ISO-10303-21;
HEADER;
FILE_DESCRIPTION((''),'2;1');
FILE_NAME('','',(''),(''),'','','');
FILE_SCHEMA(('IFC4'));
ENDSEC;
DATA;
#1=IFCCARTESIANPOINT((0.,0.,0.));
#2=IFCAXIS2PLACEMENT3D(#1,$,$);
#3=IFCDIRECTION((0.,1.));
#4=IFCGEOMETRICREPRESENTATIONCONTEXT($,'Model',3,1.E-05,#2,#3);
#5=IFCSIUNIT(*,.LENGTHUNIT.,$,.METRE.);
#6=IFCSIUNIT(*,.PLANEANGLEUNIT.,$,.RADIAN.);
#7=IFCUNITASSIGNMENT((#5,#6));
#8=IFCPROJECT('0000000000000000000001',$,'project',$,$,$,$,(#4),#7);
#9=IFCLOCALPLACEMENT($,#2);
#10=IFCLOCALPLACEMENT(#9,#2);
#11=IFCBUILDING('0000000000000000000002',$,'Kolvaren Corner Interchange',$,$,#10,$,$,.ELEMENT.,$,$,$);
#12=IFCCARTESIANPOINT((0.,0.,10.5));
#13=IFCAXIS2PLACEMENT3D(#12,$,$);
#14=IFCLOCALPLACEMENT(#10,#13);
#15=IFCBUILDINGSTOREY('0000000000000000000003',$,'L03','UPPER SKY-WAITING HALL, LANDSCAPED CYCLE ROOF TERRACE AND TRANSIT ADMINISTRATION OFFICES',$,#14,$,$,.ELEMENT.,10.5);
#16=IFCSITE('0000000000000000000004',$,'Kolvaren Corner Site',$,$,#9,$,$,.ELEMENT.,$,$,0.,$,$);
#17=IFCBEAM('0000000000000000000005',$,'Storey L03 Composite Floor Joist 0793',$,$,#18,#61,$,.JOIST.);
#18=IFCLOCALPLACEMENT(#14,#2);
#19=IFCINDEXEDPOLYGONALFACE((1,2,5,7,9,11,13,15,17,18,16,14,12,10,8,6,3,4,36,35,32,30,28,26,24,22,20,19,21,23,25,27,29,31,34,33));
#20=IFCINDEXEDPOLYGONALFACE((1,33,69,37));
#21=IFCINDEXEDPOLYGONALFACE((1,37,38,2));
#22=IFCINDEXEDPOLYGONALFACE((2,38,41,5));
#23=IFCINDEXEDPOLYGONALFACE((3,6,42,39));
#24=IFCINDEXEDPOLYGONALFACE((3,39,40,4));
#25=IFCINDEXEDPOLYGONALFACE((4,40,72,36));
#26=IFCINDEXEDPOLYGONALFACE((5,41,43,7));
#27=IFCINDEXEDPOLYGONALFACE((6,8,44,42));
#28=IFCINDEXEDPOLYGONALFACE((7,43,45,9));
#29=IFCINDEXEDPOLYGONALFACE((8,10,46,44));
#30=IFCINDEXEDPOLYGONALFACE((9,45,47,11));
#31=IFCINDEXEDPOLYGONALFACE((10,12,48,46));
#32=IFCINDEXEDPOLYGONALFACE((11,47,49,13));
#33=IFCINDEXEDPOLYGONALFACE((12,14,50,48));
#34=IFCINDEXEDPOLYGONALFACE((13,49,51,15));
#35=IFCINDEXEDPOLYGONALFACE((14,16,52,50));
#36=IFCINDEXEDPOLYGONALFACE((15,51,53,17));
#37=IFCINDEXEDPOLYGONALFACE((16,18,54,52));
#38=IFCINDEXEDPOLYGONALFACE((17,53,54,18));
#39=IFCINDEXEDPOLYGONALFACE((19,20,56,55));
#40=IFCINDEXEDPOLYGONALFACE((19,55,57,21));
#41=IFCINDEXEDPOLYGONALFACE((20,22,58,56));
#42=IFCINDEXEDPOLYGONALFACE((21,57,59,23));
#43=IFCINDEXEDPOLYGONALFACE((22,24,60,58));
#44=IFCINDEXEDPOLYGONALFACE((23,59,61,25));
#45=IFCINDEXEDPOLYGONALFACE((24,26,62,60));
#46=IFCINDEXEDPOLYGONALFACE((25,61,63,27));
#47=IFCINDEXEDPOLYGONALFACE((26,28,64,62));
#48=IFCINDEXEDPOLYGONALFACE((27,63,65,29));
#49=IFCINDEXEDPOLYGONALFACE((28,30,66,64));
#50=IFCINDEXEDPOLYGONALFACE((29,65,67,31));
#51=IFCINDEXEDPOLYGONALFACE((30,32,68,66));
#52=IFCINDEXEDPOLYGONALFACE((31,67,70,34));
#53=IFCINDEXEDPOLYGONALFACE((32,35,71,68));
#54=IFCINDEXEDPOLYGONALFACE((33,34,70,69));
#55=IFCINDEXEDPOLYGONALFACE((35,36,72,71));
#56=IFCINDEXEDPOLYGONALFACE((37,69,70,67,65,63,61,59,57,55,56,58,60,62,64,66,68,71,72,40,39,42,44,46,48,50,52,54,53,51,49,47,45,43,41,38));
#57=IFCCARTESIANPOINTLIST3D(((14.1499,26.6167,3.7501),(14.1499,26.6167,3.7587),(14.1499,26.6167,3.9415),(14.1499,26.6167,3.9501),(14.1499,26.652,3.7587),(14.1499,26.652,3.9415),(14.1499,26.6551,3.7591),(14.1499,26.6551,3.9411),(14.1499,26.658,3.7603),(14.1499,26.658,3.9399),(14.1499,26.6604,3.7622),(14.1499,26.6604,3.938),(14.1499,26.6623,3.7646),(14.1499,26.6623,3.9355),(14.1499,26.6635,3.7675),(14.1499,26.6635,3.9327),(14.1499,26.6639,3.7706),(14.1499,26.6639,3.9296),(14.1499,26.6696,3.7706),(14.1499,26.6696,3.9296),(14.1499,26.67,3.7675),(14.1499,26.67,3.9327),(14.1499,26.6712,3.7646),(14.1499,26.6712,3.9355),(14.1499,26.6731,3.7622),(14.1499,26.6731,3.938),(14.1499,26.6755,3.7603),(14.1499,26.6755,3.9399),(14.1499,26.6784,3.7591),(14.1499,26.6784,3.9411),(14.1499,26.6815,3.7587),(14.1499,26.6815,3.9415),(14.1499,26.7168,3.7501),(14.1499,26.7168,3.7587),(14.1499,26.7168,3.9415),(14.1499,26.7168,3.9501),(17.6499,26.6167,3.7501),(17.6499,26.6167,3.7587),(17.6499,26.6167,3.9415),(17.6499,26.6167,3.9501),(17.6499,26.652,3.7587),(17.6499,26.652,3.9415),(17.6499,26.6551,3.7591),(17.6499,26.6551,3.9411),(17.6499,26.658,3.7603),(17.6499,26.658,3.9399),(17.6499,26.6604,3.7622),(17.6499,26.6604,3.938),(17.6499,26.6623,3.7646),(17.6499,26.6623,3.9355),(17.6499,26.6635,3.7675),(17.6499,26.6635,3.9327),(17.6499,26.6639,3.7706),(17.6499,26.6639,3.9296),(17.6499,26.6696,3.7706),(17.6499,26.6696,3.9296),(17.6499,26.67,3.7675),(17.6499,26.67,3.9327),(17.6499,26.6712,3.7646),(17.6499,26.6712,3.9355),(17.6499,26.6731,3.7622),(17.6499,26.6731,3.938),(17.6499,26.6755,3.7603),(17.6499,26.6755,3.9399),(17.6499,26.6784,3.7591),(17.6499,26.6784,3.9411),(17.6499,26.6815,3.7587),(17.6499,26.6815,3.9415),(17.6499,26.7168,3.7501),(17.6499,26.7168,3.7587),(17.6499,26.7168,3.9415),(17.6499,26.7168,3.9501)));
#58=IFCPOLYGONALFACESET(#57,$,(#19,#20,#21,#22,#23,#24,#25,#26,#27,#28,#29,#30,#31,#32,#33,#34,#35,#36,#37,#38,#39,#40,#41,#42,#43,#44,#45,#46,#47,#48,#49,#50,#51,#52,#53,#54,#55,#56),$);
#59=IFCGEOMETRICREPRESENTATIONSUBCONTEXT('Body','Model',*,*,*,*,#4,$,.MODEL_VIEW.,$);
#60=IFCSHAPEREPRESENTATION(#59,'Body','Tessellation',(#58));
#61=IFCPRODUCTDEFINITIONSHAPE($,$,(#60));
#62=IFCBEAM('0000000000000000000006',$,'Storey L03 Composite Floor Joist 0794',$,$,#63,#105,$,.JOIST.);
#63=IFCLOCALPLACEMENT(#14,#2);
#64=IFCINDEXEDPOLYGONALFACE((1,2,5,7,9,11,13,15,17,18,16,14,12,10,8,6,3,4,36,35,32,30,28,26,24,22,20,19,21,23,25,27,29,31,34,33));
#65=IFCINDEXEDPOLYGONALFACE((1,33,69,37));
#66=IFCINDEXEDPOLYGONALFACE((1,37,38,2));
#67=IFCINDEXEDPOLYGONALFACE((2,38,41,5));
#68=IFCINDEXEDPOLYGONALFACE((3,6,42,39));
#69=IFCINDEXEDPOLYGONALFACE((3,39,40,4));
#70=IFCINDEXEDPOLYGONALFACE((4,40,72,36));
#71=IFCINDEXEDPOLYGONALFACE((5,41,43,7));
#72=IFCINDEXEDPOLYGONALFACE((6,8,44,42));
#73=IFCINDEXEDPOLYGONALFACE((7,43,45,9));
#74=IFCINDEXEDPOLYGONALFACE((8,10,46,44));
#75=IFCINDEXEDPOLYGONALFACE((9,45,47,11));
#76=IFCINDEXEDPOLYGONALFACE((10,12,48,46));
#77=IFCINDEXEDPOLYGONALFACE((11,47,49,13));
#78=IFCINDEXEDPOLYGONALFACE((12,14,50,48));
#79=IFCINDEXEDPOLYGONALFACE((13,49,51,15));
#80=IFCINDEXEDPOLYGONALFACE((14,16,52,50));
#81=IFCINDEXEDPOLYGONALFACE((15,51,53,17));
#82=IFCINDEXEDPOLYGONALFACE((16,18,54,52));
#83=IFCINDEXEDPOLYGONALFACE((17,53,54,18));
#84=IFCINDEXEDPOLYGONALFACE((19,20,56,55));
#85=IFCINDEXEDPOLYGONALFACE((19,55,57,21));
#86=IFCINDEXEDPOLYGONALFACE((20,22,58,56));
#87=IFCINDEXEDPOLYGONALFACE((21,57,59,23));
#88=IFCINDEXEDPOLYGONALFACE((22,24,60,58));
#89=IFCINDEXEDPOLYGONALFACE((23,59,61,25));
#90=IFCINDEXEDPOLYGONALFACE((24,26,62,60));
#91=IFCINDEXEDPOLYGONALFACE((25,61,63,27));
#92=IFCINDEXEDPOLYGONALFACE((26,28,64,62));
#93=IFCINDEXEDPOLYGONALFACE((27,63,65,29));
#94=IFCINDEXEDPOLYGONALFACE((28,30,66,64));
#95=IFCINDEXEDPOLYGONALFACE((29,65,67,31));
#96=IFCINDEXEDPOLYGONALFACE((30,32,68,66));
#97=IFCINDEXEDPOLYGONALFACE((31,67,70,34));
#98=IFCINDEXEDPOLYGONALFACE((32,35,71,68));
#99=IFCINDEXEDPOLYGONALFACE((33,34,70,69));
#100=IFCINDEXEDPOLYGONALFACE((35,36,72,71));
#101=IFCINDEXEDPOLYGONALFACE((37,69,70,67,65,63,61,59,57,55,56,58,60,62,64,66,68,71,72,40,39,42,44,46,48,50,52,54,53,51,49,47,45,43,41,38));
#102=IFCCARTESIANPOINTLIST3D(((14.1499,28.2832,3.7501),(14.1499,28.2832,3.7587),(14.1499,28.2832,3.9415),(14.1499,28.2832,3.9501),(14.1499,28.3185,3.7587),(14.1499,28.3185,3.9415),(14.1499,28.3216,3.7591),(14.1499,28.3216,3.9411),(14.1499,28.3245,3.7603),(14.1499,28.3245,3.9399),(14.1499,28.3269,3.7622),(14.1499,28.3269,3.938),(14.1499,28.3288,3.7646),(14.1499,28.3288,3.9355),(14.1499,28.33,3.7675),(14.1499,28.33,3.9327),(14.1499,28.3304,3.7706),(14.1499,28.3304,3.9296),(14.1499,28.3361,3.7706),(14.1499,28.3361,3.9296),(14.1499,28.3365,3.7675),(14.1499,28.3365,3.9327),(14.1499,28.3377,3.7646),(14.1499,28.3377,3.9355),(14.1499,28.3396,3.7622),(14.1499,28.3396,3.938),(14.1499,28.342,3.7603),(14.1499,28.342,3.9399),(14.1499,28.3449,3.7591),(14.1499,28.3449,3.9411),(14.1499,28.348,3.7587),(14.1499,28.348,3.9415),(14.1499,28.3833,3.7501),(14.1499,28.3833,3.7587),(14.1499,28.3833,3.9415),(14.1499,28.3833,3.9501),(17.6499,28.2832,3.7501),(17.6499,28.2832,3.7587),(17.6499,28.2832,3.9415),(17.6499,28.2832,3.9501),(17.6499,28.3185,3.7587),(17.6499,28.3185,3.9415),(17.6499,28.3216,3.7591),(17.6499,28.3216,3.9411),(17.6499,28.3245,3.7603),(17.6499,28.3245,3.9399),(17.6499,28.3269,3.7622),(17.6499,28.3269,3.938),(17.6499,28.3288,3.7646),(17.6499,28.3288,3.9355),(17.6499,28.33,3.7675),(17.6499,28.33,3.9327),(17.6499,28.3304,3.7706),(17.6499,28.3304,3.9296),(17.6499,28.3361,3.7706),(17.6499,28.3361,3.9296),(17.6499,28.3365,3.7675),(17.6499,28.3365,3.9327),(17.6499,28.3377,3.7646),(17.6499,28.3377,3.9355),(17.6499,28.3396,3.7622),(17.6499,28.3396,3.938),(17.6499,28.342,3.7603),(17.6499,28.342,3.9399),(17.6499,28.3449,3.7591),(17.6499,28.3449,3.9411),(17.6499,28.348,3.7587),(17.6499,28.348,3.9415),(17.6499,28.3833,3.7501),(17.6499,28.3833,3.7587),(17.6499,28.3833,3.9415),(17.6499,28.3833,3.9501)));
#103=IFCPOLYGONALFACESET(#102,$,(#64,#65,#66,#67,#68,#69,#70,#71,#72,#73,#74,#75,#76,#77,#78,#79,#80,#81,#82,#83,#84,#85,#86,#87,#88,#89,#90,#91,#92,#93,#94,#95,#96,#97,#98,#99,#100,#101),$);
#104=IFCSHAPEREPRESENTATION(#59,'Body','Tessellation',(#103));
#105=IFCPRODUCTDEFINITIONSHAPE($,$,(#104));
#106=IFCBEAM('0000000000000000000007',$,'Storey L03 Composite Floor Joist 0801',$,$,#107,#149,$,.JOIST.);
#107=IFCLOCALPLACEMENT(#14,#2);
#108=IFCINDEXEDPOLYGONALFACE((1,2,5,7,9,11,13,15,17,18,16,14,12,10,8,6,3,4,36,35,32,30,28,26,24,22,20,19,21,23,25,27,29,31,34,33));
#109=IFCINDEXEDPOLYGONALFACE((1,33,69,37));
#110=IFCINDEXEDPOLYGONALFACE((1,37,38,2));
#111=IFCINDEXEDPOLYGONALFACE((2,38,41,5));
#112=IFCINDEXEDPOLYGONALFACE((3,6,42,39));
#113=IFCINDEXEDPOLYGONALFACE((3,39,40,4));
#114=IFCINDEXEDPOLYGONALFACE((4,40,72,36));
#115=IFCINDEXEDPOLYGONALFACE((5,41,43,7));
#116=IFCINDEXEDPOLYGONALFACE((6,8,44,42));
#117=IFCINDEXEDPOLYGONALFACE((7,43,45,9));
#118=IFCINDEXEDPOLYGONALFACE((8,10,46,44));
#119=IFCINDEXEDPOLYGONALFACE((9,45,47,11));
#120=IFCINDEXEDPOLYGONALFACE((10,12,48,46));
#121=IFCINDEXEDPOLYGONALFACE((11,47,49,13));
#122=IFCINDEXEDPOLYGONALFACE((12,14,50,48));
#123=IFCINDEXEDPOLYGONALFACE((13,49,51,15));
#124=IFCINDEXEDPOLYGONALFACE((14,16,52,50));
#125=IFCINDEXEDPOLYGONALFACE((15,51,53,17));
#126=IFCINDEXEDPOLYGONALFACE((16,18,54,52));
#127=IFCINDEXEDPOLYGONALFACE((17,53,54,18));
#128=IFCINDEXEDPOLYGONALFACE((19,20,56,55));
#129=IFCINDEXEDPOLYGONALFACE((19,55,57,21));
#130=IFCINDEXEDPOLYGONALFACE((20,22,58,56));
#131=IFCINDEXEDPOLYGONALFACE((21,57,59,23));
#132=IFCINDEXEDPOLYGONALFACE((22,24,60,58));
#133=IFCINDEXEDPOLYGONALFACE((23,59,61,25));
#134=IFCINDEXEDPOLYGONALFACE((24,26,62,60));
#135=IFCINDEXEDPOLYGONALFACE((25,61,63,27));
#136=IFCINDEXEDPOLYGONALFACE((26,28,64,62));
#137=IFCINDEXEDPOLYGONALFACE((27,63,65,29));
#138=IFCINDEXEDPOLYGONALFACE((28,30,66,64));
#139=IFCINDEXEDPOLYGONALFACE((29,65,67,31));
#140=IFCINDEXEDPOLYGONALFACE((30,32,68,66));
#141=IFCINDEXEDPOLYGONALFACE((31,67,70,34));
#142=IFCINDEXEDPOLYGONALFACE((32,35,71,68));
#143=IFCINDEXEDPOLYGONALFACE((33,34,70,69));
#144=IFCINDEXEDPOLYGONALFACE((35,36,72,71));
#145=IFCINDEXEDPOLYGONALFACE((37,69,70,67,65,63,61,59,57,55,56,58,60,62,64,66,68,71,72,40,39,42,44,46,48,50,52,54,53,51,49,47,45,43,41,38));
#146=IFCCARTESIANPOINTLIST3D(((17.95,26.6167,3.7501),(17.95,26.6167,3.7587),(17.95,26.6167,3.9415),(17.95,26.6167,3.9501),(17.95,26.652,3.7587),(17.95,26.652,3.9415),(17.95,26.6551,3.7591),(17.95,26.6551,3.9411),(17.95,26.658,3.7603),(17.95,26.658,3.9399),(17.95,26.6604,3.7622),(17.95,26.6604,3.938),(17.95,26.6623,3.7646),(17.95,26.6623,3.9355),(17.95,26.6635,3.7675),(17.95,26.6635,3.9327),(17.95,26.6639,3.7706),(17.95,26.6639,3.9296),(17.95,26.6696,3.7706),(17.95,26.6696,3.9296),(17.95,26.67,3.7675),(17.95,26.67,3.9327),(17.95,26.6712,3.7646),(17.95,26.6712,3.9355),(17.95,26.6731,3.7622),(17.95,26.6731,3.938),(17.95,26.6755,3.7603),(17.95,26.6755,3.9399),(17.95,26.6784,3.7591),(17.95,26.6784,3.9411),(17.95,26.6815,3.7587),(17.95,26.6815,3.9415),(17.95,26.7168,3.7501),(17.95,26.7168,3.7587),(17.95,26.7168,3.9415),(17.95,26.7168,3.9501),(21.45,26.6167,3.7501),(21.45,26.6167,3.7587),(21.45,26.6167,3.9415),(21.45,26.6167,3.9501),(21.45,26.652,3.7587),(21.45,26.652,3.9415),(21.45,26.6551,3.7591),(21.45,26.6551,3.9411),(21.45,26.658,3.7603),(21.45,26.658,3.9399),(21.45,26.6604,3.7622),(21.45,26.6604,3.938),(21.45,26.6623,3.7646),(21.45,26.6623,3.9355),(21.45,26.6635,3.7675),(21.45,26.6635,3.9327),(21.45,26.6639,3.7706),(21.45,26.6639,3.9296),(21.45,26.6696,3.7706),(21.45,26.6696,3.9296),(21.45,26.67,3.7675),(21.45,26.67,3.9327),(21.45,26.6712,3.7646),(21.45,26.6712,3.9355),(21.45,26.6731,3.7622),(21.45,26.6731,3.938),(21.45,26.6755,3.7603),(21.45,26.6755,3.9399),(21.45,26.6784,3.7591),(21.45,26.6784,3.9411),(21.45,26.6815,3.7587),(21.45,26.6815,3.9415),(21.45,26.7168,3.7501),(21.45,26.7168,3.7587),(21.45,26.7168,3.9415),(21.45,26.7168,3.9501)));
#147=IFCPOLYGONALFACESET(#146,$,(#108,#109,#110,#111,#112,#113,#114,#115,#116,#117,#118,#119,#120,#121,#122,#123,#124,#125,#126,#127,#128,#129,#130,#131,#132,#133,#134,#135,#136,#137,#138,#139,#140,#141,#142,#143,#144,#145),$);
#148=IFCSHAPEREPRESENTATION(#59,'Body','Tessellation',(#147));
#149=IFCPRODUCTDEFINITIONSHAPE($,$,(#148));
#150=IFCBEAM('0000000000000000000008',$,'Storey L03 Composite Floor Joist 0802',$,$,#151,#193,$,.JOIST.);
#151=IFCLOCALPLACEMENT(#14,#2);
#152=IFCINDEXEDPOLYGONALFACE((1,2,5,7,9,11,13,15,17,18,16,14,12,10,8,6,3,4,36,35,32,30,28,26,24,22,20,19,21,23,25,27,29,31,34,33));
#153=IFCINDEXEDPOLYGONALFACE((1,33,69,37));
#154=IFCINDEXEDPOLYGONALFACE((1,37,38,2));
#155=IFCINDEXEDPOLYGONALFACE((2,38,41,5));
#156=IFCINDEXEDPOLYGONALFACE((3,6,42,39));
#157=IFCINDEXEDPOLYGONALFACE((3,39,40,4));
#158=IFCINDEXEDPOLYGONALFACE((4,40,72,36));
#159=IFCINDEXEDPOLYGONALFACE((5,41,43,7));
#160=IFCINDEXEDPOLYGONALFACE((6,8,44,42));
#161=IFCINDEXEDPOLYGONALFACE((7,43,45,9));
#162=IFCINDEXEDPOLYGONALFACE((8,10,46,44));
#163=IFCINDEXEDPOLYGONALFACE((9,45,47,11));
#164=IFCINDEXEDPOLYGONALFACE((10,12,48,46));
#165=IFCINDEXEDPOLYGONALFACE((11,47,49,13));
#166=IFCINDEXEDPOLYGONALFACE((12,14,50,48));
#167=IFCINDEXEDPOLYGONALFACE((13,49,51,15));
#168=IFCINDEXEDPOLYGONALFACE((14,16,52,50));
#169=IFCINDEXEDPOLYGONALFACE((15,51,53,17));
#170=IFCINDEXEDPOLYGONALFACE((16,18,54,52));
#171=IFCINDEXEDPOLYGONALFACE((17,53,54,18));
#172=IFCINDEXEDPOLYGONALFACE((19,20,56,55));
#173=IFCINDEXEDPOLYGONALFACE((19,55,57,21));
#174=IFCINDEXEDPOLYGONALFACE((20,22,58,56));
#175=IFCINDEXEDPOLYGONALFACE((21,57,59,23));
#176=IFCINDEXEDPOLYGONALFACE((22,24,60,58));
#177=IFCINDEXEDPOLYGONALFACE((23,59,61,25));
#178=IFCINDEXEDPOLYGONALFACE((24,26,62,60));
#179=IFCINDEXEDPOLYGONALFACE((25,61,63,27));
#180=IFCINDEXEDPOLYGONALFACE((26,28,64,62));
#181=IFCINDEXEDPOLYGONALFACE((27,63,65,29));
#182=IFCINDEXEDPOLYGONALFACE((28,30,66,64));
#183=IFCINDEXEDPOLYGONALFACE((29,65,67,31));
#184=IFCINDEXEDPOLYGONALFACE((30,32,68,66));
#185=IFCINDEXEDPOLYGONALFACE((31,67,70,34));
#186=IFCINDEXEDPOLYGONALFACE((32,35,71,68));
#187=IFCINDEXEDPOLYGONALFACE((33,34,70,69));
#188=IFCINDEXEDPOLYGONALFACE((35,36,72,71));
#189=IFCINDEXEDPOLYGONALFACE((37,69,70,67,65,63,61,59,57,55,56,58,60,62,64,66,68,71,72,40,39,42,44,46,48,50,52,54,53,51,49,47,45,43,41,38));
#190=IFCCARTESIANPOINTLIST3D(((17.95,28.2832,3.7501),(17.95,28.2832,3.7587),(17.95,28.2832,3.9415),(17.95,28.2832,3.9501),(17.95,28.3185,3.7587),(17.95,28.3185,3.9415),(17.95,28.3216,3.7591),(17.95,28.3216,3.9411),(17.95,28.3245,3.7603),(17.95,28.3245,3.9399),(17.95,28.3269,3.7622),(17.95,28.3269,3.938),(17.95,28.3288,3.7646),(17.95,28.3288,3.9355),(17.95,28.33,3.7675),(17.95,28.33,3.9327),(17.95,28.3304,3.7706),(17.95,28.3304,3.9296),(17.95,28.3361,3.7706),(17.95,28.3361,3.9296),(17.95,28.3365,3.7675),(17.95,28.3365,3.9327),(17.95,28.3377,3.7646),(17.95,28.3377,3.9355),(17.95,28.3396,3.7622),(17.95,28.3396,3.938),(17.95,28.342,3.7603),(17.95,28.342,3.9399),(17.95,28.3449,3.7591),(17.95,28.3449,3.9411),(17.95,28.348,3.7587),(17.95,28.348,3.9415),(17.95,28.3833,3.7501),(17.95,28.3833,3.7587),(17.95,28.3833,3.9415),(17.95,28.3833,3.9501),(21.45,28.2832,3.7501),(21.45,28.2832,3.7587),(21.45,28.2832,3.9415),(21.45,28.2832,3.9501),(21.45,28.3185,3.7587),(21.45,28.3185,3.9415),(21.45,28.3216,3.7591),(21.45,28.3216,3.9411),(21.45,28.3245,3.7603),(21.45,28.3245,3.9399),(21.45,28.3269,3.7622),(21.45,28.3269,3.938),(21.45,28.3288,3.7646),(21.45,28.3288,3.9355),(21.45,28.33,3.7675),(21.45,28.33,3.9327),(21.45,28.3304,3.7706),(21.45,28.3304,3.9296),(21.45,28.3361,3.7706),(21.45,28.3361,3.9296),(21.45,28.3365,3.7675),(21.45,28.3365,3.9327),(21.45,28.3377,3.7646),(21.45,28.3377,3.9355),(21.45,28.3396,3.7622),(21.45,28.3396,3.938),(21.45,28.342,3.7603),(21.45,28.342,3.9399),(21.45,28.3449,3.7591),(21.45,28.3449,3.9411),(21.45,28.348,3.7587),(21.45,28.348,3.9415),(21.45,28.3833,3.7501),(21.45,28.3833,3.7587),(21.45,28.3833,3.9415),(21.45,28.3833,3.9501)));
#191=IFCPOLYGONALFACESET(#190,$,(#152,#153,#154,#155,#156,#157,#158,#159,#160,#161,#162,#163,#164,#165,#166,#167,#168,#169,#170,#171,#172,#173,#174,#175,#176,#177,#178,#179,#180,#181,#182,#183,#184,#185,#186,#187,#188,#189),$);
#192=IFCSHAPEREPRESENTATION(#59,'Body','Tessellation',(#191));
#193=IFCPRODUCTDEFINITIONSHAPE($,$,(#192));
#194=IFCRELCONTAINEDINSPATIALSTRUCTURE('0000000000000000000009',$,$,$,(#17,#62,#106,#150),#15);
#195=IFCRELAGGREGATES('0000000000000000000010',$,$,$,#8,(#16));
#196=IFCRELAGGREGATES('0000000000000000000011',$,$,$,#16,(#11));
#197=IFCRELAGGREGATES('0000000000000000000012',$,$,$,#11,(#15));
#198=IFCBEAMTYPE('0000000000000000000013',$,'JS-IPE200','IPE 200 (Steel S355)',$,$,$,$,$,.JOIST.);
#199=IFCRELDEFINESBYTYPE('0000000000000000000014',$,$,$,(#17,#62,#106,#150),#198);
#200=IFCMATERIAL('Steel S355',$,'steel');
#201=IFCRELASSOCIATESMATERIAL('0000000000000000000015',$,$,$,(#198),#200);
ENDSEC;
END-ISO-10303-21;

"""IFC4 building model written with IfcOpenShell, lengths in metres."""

from ifc_helpers import new_model, si_unit, direction, frame, origin, origin_2d, place, context, subcontext, project, spatial, i_section, extrude, material, material_profile, profile_set, type_object, element, save


model = new_model("IFC4")

# Units and contexts
model_context = context("Model", 3, precision=1e-05, world=origin(), true_north=direction((0.0, 1.0)))
body_context = subcontext(model_context, "Body", "Model", "MODEL_VIEW")
ifc_project = project(units=[si_unit("LENGTHUNIT", "METRE"), si_unit("PLANEANGLEUNIT", "RADIAN")], contexts=[model_context])

# Site, building, storey
site_placement = place(None, origin())
site = spatial("IfcSite", under=ifc_project, at=site_placement, Name="Kolvaren Corner Site", CompositionType="ELEMENT", RefElevation=0.0)
building_placement = place(site_placement, origin())
building = spatial("IfcBuilding", under=site, at=building_placement, Name="Kolvaren Corner Interchange", CompositionType="ELEMENT")
storey_placement = place(building_placement, frame((0.0, 0.0, 10.5)))
storey = spatial("IfcBuildingStorey", under=building, at=storey_placement, Name="L03", Description="UPPER SKY-WAITING HALL, LANDSCAPED CYCLE ROOF TERRACE AND TRANSIT ADMINISTRATION OFFICES", CompositionType="ELEMENT", Elevation=10.5)

# Beams
ifc_material_1 = material(Name="Steel S355", Category="steel")
ifc_material_profile_1 = material_profile(ifc_material_1, i_section(OverallWidth=0.1001, OverallDepth=0.2, WebThickness=0.0056, FlangeThickness=0.0085, FilletRadius=0.012, at=origin_2d()), Name="IPE 200")
ifc_profile_set_1 = profile_set([ifc_material_profile_1], Name="Steel S355")
beam_type_1 = type_object("IfcBeamType", Name="JS-IPE200", Description="IPE 200 (Steel S355)", PredefinedType="JOIST", material=ifc_profile_set_1)
for number, where, z_axis, x_axis, name in (
    (1, (14.1499, 26.6667, 3.8501), (1.0, 0.0, 0.0), (0.0, 1.0, 0.0), "Storey L03 Composite Floor Joist 0793"),
    (2, (14.1499, 28.3333, 3.8501), (1.0, 0.0, 0.0), (0.0, 1.0, 0.0), "Storey L03 Composite Floor Joist 0794"),
    (3, (17.95, 26.6667, 3.8501), (1.0, 0.0, 0.0), (0.0, 1.0, 0.0), "Storey L03 Composite Floor Joist 0801"),
    (4, (17.95, 28.3333, 3.8501), (1.0, 0.0, 0.0), (0.0, 1.0, 0.0), "Storey L03 Composite Floor Joist 0802"),
):
    element("IfcBeam", number, at=place(storey_placement, frame(where, z_axis=z_axis, x_axis=x_axis)), inside=storey, type_object=beam_type_1, Name=name, PredefinedType="JOIST", context=body_context, shape_type="SweptSolid", body=[
        extrude(i_section(OverallWidth=0.1001, OverallDepth=0.2, WebThickness=0.0056, FlangeThickness=0.0085, FilletRadius=0.012, at=origin_2d()), origin(), (0.0, 0.0, 1.0), 3.5),
    ])

save(model, "model.ifc")
